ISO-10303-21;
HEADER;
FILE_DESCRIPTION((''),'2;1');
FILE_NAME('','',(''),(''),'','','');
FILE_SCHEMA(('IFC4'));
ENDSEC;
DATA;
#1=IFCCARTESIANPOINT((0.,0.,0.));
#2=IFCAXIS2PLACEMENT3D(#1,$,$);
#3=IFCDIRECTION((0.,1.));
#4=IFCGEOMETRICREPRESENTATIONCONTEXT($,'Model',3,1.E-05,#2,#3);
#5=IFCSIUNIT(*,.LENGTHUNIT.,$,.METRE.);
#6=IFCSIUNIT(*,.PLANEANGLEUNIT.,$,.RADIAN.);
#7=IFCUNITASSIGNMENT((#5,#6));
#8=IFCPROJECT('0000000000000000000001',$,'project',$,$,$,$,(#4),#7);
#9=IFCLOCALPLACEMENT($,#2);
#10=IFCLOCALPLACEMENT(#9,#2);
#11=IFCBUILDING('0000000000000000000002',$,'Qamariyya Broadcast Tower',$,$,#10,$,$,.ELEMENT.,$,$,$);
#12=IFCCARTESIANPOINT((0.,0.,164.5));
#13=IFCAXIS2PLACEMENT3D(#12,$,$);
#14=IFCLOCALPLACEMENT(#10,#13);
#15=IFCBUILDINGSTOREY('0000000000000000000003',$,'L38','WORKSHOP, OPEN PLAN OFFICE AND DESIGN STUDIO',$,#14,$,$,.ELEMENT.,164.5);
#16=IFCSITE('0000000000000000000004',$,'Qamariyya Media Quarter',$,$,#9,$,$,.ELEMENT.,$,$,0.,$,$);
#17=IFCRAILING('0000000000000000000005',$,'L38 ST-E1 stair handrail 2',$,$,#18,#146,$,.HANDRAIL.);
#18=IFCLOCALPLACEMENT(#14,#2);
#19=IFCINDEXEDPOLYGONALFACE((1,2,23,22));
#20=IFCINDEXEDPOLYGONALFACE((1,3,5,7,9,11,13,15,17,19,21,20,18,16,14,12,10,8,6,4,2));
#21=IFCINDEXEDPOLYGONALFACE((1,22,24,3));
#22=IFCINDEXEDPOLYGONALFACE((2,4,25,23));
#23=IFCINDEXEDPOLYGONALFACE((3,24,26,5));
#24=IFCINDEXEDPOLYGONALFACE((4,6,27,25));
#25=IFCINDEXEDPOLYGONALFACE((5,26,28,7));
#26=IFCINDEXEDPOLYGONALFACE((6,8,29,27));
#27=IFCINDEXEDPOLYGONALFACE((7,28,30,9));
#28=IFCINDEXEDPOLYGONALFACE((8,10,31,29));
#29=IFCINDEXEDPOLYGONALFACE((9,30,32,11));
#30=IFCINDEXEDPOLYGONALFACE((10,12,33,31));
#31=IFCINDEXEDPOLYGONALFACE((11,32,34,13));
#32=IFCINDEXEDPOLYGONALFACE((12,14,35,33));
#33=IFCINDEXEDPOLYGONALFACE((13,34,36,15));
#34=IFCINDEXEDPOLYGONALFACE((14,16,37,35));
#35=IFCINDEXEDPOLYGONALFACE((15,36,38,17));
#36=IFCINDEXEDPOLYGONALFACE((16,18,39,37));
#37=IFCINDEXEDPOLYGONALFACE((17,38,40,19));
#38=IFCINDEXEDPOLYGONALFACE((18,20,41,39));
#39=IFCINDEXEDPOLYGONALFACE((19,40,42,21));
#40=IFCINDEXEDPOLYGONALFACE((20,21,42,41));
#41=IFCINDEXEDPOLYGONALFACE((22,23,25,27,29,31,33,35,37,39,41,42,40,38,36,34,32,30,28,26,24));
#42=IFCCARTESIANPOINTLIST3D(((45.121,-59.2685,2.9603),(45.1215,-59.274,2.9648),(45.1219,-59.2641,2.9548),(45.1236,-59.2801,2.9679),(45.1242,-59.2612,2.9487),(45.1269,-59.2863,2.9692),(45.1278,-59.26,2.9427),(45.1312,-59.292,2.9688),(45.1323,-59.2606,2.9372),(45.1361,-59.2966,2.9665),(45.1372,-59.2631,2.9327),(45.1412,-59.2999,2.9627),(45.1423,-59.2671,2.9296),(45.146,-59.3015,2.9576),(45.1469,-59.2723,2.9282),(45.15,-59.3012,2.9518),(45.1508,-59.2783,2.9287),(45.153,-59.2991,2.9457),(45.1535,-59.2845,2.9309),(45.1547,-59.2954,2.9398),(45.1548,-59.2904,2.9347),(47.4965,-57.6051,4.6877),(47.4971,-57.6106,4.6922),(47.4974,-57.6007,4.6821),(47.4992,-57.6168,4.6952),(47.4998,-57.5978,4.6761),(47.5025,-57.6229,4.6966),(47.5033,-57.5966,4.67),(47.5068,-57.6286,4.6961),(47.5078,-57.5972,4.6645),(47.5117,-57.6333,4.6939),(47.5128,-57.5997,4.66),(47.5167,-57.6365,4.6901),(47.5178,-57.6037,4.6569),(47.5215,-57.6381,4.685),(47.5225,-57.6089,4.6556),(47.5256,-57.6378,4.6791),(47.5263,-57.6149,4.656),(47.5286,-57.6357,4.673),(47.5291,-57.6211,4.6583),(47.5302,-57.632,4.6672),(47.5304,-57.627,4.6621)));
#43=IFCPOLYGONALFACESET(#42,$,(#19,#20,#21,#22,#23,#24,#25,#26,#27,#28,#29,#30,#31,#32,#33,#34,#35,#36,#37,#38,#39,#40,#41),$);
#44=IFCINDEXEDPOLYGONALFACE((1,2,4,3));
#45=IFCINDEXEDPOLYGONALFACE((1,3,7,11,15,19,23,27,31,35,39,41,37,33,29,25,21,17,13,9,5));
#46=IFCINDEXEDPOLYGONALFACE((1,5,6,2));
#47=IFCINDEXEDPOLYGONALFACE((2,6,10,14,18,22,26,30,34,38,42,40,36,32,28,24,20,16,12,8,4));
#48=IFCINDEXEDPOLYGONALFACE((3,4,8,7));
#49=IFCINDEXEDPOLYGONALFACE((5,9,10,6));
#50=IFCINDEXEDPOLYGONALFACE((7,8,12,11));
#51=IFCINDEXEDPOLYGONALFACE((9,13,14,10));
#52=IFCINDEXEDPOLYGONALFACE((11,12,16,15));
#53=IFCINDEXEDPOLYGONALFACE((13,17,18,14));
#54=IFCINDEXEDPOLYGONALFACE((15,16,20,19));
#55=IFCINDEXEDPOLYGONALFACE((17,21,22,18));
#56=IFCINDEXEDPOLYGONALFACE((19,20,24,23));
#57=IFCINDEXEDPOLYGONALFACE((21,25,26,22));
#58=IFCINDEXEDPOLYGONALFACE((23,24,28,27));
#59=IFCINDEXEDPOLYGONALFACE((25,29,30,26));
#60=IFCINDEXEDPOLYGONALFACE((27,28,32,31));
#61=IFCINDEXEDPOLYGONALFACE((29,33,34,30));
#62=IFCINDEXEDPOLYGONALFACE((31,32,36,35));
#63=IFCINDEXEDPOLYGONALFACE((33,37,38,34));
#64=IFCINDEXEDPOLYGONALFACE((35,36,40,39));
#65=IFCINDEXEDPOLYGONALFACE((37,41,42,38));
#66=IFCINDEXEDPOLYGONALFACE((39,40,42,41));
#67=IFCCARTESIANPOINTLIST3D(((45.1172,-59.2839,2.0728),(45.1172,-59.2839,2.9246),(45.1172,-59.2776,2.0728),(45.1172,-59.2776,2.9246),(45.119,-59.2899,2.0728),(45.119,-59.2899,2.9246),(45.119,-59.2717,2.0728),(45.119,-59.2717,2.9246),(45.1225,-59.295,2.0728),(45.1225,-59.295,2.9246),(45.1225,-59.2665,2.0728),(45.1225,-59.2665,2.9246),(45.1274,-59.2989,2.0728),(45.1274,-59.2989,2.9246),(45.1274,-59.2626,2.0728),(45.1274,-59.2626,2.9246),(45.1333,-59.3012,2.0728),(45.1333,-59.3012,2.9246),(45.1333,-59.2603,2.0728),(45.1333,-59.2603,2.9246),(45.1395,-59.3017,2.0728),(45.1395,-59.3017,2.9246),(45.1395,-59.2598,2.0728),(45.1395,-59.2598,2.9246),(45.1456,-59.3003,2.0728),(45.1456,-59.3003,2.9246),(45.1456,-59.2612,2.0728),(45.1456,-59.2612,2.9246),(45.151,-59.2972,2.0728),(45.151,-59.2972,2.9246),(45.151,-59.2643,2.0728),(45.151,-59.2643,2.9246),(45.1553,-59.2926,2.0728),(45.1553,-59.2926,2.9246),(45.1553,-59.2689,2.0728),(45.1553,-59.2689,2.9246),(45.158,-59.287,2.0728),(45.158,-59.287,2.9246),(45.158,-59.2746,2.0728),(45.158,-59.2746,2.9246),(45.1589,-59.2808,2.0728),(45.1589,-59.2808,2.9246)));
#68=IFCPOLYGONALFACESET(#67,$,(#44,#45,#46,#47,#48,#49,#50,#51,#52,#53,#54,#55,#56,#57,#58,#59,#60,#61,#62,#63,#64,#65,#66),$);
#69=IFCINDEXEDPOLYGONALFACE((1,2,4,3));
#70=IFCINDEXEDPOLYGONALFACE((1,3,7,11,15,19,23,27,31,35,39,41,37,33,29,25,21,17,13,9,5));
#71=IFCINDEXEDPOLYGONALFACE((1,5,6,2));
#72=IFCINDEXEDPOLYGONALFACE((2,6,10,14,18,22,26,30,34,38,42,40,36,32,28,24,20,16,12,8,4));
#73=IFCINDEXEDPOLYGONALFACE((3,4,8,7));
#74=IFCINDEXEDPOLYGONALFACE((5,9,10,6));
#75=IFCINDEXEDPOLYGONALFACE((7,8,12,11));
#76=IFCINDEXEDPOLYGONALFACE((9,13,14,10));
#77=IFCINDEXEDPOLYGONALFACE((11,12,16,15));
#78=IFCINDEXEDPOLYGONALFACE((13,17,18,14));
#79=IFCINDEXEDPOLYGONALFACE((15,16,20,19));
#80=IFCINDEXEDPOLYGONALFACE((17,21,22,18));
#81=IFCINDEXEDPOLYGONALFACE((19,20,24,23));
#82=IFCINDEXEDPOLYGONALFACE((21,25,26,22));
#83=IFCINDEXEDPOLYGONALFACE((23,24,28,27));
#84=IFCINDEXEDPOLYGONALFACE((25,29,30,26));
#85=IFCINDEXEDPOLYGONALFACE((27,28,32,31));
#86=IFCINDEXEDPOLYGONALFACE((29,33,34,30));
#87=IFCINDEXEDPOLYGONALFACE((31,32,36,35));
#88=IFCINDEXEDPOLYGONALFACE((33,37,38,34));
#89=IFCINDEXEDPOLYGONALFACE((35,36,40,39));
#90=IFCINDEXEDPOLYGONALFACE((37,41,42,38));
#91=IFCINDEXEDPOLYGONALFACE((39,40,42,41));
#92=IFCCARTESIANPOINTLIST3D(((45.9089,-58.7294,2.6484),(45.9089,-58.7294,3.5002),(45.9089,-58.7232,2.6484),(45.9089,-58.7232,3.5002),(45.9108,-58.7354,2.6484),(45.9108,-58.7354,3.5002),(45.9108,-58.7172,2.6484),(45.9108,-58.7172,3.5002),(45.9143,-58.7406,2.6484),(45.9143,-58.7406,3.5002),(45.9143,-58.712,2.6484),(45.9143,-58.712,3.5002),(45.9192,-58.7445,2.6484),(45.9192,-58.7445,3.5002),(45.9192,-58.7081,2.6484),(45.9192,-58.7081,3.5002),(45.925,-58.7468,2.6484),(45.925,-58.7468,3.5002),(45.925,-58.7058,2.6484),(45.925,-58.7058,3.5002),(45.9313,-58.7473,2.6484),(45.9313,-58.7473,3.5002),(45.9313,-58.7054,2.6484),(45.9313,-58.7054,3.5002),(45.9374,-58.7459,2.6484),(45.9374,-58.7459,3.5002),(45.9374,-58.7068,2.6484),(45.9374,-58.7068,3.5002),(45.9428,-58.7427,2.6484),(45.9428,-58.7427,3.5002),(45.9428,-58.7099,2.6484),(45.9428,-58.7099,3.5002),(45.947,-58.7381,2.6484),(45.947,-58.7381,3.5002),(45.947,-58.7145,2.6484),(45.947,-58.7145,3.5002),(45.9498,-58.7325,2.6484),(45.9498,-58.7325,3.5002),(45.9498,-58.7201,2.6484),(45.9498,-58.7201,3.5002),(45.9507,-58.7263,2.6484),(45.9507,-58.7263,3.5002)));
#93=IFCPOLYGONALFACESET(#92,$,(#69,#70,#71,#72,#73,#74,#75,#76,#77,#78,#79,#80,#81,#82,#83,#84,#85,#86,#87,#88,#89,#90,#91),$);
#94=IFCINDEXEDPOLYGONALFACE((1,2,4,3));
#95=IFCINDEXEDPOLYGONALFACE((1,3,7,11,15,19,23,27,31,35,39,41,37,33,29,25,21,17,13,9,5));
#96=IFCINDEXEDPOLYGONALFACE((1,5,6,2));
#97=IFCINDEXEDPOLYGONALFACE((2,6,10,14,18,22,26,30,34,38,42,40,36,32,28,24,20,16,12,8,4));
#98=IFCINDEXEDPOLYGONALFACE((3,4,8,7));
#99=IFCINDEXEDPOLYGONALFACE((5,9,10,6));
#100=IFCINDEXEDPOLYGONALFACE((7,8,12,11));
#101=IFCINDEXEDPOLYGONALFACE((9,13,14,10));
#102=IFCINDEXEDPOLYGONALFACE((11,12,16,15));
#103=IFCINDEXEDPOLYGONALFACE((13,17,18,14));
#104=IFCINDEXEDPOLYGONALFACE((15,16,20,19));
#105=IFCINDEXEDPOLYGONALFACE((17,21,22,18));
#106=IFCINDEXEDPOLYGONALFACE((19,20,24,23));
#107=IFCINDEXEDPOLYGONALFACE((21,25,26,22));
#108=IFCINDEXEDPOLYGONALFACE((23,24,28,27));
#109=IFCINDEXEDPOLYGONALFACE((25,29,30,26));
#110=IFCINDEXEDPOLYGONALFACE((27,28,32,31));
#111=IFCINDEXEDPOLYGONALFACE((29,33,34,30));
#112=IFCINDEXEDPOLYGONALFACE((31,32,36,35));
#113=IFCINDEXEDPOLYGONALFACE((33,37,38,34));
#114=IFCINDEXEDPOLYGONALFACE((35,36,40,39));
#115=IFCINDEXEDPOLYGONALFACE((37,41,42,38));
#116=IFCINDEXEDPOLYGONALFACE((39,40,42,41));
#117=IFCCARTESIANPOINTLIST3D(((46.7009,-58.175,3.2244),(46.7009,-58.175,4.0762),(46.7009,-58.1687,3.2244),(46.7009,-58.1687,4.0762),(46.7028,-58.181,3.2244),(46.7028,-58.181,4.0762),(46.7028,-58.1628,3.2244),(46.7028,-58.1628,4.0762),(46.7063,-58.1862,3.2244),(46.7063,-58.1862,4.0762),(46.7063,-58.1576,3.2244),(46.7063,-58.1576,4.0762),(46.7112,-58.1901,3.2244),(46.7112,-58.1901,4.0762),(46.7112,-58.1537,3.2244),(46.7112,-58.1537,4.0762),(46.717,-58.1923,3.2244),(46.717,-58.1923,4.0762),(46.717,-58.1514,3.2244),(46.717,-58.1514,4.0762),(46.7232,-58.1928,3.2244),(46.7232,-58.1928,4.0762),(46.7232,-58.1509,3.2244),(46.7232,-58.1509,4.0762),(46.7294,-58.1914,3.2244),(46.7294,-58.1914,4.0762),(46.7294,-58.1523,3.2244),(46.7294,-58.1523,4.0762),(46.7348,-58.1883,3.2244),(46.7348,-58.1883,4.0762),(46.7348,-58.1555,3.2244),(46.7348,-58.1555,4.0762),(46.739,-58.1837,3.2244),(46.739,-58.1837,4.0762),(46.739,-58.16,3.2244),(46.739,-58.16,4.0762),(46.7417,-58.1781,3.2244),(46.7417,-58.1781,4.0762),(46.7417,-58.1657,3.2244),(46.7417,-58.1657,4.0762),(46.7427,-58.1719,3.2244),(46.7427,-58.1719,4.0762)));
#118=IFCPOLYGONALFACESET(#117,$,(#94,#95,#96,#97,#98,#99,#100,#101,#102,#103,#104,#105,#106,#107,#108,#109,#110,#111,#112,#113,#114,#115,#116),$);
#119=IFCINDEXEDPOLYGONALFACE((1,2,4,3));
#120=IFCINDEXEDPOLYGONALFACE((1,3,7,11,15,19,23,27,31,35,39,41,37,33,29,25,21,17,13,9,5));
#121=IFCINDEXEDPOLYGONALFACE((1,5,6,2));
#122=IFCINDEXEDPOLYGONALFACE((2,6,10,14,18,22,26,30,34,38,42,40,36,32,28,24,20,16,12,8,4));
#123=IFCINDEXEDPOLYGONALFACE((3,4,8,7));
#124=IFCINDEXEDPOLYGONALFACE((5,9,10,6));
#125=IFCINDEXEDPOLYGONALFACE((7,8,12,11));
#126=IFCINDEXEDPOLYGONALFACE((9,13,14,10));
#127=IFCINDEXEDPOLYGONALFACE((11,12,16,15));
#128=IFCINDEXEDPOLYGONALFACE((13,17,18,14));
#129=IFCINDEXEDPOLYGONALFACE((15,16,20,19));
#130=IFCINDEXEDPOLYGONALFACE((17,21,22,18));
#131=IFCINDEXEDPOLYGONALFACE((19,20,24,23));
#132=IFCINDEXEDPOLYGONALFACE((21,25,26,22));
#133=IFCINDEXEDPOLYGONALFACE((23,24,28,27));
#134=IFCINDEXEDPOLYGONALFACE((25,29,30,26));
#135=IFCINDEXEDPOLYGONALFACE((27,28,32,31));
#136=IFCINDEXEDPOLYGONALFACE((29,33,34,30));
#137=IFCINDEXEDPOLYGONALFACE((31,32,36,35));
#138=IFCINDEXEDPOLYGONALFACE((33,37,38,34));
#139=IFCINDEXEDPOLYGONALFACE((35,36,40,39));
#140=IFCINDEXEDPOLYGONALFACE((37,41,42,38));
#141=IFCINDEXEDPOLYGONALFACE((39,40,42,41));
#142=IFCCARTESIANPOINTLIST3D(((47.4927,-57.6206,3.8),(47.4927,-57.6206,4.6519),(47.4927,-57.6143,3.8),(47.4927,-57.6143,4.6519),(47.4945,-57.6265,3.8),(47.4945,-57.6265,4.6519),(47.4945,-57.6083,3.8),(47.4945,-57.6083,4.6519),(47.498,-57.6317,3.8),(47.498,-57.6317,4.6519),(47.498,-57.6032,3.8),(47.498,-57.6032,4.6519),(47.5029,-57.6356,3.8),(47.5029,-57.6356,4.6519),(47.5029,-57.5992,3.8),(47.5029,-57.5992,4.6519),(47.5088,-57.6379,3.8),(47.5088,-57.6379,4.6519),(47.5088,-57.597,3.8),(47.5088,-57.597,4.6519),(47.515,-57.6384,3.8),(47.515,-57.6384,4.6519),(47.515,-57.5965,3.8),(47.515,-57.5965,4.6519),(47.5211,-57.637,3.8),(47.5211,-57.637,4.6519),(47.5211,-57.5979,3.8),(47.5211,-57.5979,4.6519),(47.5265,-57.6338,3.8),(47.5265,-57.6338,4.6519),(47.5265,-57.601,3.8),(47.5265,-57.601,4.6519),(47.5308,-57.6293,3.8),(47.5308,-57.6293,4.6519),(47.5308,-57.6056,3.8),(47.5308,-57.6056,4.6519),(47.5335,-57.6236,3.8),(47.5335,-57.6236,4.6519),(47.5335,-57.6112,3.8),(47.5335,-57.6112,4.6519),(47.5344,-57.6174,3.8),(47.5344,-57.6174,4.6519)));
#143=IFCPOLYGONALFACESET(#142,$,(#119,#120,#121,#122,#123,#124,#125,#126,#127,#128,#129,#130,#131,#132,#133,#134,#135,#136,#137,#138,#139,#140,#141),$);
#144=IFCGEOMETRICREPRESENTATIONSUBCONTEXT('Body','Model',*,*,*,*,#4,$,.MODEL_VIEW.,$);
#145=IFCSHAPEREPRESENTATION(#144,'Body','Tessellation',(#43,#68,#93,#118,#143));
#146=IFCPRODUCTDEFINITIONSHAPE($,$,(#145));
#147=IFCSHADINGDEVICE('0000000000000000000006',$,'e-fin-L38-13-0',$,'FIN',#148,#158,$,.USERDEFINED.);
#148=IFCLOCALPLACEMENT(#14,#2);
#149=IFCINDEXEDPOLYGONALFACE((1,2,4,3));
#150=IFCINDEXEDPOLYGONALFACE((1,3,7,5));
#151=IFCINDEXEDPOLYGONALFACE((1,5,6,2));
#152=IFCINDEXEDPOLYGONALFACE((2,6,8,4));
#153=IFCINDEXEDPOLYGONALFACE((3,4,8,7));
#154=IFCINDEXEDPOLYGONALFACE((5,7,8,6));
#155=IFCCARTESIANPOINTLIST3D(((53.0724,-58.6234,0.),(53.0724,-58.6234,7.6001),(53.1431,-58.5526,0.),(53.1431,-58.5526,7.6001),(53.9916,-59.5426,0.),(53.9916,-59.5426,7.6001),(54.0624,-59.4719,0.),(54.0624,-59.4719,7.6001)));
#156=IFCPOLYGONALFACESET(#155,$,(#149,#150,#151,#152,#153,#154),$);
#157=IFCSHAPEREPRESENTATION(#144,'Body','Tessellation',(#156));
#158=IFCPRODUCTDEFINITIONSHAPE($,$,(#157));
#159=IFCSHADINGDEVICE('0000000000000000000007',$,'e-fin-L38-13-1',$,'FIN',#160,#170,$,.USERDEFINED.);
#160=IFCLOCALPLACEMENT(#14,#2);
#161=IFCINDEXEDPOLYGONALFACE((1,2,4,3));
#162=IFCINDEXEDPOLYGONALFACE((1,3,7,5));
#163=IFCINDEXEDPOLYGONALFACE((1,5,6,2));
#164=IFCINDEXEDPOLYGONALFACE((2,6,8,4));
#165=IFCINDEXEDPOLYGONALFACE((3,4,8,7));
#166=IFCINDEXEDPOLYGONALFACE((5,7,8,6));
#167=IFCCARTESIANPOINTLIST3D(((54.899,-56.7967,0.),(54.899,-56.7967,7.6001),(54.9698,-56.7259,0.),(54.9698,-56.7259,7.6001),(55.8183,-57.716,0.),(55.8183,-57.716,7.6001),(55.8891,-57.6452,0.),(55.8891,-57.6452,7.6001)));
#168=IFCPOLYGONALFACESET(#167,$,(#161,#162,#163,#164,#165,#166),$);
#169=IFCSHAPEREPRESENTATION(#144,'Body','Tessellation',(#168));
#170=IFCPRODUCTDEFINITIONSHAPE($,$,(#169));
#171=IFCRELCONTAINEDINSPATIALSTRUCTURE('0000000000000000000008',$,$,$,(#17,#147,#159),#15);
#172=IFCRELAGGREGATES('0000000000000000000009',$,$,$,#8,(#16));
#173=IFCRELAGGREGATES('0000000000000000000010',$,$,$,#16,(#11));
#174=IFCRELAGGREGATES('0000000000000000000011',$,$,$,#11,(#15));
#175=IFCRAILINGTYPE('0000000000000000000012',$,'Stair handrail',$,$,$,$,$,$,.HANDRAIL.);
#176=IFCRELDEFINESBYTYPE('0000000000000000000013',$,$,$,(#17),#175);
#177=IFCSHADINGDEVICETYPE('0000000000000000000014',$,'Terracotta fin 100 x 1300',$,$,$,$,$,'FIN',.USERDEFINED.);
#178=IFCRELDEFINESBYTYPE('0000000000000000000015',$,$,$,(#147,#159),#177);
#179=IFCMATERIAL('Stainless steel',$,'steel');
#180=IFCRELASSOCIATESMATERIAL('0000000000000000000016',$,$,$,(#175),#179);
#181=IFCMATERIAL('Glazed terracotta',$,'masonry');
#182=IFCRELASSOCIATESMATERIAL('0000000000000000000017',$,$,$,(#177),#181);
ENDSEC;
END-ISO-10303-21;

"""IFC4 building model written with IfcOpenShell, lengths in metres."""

from ifc_helpers import new_model, si_unit, direction, frame, origin, origin_2d, place, context, subcontext, project, spatial, rectangle, circle, extrude, material, material_profile, profile_set, type_object, element, save


model = new_model("IFC4")

# Units and contexts
model_context = context("Model", 3, precision=1e-05, world=origin(), true_north=direction((0.0, 1.0)))
body_context = subcontext(model_context, "Body", "Model", "MODEL_VIEW")
ifc_project = project(units=[si_unit("LENGTHUNIT", "METRE"), si_unit("PLANEANGLEUNIT", "RADIAN")], contexts=[model_context])

# Site, building, storey
site_placement = place(None, origin())
site = spatial("IfcSite", under=ifc_project, at=site_placement, Name="Qamariyya Media Quarter", CompositionType="ELEMENT", RefElevation=0.0)
building_placement = place(site_placement, origin())
building = spatial("IfcBuilding", under=site, at=building_placement, Name="Qamariyya Broadcast Tower", CompositionType="ELEMENT")
storey_placement = place(building_placement, frame((0.0, 0.0, 164.5)))
storey = spatial("IfcBuildingStorey", under=building, at=storey_placement, Name="L38", Description="WORKSHOP, OPEN PLAN OFFICE AND DESIGN STUDIO", CompositionType="ELEMENT", Elevation=164.5)

# Railing
ifc_material_1 = material(Name="Stainless steel", Category="steel")
railing_type_1 = type_object("IfcRailingType", Name="Stair handrail", PredefinedType="HANDRAIL", material=ifc_material_1)
railing_1_placement = place(storey_placement, frame((45.1379, -59.2808, 2.0728)))
element("IfcRailing", 1, at=railing_1_placement, inside=storey, type_object=railing_type_1, Name="L38 ST-E1 stair handrail 2", PredefinedType="HANDRAIL", context=body_context, shape_type="SweptSolid", body=[
    extrude(circle(Radius=0.0239, at=origin_2d()), frame((0.0, 0.0, 0.876), z_axis=(0.70377, 0.492784, 0.511734), x_axis=(-0.573575, 0.819153, 0.0)), (0.0, 0.0, 1.0), 3.3755),
    extrude(circle(Radius=0.021, at=origin_2d()), origin(), (0.0, 0.0, 1.0), 0.8518),
    extrude(circle(Radius=0.021, at=origin_2d()), frame((0.7917, 0.5544, 0.5757)), (0.0, 0.0, 1.0), 0.8518),
    extrude(circle(Radius=0.021, at=origin_2d()), frame((1.5837, 1.1089, 1.1516)), (0.0, 0.0, 1.0), 0.8518),
    extrude(circle(Radius=0.021, at=origin_2d()), frame((2.3755, 1.6633, 1.7273)), (0.0, 0.0, 1.0), 0.8518),
])

# Shading devices
ifc_material_2 = material(Name="Glazed terracotta", Category="masonry")
ifc_material_profile_1 = material_profile(ifc_material_2, rectangle(XDim=1.3, YDim=0.1001, at=origin_2d()))
ifc_profile_set_1 = profile_set([ifc_material_profile_1], Name="Glazed terracotta")
shading_device_type_1 = type_object("IfcShadingDeviceType", Name="Terracotta fin 100 x 1300", ElementType="FIN", PredefinedType="USERDEFINED", material=ifc_profile_set_1)
for number, where, z_axis, x_axis, name in (
    (2, (53.5674, -59.0476, 0.0), (0.0, 0.0, 1.0), (0.707107, -0.707107, 0.0), "e-fin-L38-13-0"),
    (3, (55.394, -57.2209, 0.0), (0.0, 0.0, 1.0), (0.707107, -0.707107, 0.0), "e-fin-L38-13-1"),
):
    element("IfcShadingDevice", number, at=place(storey_placement, frame(where, z_axis=z_axis, x_axis=x_axis)), inside=storey, type_object=shading_device_type_1, Name=name, ObjectType="FIN", PredefinedType="USERDEFINED", context=body_context, shape_type="SweptSolid", body=[
        extrude(rectangle(XDim=1.3, YDim=0.1001, at=origin_2d()), origin(), (0.0, 0.0, 1.0), 7.6001),
    ])

save(model, "model.ifc")
